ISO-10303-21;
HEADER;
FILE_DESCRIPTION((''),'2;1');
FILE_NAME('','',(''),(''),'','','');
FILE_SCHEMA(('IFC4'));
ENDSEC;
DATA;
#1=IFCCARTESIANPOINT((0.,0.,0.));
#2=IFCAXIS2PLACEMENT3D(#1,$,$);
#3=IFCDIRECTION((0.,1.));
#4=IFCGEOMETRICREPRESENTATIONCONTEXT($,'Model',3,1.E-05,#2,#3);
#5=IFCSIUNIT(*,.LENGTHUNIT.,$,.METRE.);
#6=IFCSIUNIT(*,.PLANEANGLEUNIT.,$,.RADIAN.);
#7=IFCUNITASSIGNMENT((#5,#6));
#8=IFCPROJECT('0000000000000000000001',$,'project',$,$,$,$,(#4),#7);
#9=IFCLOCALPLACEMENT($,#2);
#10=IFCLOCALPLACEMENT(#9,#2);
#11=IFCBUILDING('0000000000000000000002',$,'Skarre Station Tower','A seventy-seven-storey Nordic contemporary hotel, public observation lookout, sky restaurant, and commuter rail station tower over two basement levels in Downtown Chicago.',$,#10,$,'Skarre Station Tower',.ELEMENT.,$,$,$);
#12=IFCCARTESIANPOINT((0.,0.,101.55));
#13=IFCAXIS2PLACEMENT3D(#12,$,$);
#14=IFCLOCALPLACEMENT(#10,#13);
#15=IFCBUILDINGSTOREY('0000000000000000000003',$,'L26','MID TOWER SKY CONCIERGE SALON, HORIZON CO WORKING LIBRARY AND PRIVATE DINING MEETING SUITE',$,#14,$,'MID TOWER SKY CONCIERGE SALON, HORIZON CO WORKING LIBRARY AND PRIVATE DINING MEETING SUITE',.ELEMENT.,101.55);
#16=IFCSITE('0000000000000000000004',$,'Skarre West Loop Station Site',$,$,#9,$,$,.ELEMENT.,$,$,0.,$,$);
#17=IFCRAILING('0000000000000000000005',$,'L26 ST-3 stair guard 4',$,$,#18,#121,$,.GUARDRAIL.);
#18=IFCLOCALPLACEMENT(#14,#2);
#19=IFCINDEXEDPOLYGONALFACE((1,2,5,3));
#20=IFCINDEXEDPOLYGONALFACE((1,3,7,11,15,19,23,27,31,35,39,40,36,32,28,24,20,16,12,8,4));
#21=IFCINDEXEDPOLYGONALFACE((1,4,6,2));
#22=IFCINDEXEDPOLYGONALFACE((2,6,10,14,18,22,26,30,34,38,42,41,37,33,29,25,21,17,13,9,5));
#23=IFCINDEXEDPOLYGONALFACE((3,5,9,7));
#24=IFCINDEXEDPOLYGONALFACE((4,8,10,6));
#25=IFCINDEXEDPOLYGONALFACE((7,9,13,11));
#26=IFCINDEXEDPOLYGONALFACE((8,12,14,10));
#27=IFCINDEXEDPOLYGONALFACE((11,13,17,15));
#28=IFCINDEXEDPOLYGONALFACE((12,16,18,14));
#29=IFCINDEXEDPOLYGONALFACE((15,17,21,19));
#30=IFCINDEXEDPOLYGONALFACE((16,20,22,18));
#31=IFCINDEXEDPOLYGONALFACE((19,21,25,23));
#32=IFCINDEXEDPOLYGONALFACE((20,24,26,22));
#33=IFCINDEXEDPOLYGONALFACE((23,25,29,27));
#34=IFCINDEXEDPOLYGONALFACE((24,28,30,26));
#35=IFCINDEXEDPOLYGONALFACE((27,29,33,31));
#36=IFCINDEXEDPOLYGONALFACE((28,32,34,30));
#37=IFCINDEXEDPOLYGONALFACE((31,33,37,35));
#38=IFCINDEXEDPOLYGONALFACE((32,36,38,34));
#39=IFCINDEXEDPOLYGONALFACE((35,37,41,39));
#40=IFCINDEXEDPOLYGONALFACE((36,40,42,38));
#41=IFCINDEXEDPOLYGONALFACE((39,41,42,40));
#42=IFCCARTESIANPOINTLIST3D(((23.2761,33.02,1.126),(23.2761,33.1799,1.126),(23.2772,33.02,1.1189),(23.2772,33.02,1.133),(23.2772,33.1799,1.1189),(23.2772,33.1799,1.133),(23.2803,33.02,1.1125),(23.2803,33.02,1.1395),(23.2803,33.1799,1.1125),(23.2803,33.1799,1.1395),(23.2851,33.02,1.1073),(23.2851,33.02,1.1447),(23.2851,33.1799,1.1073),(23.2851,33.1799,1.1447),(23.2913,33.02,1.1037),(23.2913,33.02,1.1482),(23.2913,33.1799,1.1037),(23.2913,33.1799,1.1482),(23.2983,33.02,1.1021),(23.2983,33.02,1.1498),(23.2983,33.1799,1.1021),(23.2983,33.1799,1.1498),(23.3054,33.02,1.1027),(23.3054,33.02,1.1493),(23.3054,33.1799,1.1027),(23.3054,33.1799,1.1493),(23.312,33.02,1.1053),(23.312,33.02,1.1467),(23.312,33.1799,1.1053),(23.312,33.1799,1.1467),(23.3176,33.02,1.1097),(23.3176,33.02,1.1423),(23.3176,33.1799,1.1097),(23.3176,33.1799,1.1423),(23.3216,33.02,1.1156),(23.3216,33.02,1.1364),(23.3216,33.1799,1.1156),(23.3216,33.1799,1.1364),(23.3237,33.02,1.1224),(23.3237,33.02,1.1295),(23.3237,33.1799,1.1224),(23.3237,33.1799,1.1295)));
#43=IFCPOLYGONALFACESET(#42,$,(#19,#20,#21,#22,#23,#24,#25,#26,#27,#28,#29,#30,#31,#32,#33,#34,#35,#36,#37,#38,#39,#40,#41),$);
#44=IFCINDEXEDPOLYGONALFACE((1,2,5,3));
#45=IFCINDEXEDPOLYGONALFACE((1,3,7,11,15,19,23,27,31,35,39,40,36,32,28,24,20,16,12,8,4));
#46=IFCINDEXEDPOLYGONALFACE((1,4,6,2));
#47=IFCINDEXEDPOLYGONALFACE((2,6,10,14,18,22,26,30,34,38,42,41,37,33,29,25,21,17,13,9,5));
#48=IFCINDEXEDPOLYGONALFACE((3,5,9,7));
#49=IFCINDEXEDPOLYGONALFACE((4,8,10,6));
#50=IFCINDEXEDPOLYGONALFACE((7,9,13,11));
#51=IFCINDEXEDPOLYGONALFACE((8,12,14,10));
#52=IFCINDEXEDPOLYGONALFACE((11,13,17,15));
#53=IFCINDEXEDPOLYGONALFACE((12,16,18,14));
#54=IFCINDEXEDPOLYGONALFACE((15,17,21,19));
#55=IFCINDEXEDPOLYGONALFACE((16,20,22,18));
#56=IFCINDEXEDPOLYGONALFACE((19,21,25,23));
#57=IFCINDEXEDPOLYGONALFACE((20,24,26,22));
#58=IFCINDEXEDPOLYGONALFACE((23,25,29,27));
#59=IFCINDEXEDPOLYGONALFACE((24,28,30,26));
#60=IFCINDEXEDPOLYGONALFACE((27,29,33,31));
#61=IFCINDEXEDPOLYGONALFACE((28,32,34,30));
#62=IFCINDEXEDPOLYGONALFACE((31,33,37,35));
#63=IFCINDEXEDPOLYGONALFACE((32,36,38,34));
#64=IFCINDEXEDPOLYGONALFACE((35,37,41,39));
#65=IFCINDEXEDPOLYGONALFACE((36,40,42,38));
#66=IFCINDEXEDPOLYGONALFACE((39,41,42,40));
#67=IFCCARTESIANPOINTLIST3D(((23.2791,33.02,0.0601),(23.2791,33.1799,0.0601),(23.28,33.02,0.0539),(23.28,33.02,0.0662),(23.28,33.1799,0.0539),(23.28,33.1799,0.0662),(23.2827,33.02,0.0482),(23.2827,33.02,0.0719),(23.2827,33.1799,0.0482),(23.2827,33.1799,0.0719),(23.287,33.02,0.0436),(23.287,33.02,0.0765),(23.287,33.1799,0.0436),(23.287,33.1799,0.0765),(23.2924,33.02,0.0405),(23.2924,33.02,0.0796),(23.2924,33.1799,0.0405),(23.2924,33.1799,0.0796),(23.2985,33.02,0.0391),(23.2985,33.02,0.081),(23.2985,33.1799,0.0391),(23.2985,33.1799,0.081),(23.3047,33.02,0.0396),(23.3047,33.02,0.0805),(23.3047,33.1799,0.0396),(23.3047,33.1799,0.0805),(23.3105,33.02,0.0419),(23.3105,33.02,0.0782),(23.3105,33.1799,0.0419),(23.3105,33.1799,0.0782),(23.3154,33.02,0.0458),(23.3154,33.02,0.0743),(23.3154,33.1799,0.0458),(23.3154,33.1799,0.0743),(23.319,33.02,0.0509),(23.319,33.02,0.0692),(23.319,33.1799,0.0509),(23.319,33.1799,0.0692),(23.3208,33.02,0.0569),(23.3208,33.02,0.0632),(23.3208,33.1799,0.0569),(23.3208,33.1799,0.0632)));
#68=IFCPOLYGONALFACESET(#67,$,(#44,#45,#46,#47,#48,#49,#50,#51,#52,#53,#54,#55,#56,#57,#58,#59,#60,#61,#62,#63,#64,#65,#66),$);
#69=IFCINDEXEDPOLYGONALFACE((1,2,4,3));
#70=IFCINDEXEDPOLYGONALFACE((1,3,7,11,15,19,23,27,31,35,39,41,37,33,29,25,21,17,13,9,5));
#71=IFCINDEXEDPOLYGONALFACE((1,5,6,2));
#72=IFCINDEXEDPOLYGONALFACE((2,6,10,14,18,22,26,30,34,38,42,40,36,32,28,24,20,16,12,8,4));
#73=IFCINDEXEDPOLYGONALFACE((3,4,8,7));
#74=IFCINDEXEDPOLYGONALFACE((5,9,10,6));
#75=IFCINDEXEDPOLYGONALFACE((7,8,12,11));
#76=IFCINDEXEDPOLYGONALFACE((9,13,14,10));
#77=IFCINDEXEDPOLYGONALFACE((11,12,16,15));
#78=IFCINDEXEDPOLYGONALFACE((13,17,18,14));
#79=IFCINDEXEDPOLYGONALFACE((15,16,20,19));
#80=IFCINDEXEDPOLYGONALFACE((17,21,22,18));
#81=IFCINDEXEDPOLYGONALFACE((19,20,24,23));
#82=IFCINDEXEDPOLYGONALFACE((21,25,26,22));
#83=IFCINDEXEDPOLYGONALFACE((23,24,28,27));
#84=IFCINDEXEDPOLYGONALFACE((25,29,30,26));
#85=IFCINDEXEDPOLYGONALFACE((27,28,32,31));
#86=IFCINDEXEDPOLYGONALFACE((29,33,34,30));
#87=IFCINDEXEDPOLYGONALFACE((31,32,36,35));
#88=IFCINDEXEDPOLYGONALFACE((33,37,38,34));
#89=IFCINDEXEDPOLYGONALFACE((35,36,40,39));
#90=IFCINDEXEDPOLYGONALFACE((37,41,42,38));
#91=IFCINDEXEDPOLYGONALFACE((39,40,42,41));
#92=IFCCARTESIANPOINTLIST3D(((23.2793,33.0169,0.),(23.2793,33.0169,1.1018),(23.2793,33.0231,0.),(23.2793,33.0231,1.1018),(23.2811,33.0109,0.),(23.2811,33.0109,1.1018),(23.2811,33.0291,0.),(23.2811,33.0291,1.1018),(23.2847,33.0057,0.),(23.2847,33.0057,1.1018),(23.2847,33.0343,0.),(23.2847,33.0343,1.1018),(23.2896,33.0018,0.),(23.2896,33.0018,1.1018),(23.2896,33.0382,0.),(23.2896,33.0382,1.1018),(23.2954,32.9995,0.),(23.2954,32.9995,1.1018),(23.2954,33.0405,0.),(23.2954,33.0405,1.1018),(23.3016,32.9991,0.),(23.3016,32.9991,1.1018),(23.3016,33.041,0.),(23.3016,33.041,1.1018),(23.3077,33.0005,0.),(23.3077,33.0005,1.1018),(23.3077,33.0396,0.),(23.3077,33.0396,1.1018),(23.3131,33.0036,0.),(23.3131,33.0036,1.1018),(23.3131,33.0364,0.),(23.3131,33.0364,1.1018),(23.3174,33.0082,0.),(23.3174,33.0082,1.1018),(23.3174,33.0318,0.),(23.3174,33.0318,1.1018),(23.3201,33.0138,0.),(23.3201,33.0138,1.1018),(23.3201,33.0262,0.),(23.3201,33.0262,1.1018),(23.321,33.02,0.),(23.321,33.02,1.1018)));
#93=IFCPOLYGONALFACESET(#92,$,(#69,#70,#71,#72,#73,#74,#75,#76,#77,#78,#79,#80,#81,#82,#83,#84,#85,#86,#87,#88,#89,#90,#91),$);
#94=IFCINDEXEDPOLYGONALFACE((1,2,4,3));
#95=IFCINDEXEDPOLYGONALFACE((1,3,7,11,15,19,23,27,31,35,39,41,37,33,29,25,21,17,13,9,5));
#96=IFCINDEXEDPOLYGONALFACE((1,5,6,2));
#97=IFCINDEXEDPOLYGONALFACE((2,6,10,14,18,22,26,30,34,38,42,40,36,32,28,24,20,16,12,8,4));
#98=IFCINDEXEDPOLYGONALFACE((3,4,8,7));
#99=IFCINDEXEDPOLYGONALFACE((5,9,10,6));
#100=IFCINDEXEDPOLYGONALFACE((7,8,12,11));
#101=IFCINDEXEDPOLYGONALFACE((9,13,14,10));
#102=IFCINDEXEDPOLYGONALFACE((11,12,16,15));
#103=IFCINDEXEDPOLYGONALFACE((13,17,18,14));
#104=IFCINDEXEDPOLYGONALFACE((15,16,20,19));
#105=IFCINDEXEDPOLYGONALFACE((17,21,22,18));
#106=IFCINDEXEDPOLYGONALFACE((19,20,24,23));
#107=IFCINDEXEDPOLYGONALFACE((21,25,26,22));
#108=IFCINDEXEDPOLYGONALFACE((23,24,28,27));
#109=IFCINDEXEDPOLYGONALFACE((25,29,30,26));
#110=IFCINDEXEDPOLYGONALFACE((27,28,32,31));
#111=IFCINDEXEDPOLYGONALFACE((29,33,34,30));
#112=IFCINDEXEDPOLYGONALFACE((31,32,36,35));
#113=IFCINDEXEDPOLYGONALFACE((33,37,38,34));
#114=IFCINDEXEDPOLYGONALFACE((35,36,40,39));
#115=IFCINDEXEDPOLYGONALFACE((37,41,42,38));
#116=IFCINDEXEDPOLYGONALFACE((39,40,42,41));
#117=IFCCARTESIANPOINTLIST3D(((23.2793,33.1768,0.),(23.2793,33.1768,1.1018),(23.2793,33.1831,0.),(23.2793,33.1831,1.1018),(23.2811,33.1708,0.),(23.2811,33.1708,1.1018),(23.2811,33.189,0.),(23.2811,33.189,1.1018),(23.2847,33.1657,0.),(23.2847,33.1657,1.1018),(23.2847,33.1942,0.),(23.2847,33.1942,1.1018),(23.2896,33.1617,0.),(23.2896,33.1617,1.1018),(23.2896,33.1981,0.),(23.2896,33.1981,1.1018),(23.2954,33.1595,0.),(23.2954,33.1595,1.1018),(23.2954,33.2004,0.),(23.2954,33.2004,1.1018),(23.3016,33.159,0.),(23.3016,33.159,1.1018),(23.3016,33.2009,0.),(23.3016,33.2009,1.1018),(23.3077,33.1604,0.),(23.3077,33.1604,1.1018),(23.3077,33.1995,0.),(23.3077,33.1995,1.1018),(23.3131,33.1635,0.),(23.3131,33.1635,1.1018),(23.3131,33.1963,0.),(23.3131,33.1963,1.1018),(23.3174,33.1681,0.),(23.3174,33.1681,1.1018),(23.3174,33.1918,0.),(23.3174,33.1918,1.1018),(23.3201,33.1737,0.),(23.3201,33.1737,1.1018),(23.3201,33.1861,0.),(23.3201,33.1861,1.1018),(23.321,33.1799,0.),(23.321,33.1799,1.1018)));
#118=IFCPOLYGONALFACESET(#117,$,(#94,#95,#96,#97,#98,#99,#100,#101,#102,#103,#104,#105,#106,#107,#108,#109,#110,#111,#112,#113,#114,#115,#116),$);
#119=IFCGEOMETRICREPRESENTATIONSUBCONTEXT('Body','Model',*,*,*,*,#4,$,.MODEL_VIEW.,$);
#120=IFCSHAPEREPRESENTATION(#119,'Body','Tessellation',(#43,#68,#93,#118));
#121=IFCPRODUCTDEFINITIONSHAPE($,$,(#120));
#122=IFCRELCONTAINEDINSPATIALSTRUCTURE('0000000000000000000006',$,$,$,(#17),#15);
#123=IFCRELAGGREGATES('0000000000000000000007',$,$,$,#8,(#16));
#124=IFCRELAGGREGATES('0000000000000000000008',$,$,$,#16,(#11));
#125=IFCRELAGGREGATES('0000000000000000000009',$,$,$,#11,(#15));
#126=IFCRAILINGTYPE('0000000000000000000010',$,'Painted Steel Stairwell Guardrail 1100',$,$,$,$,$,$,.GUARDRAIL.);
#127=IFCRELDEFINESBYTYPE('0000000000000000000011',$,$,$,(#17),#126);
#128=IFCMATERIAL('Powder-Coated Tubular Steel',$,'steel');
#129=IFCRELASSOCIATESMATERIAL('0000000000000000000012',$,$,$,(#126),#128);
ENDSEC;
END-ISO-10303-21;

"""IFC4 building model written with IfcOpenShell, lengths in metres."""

from ifc_helpers import new_model, si_unit, direction, frame, origin, origin_2d, place, context, subcontext, project, spatial, circle, extrude, material, type_object, element, save


model = new_model("IFC4")

# Units and contexts
model_context = context("Model", 3, precision=1e-05, world=origin(), true_north=direction((0.0, 1.0)))
body_context = subcontext(model_context, "Body", "Model", "MODEL_VIEW")
ifc_project = project(units=[si_unit("LENGTHUNIT", "METRE"), si_unit("PLANEANGLEUNIT", "RADIAN")], contexts=[model_context])

# Site, building, storey
site_placement = place(None, origin())
site = spatial("IfcSite", under=ifc_project, at=site_placement, Name="Skarre West Loop Station Site", CompositionType="ELEMENT", RefElevation=0.0)
building_placement = place(site_placement, origin())
building = spatial("IfcBuilding", under=site, at=building_placement, Name="Skarre Station Tower", Description="A seventy-seven-storey Nordic contemporary hotel, public observation lookout, sky restaurant, and commuter rail station tower over two basement levels in Downtown Chicago.", LongName="Skarre Station Tower", CompositionType="ELEMENT")
storey_placement = place(building_placement, frame((0.0, 0.0, 101.55)))
storey = spatial("IfcBuildingStorey", under=building, at=storey_placement, Name="L26", Description="MID TOWER SKY CONCIERGE SALON, HORIZON CO WORKING LIBRARY AND PRIVATE DINING MEETING SUITE", LongName="MID TOWER SKY CONCIERGE SALON, HORIZON CO WORKING LIBRARY AND PRIVATE DINING MEETING SUITE", CompositionType="ELEMENT", Elevation=101.55)

# Railing
ifc_material_1 = material(Name="Powder-Coated Tubular Steel", Category="steel")
railing_type_1 = type_object("IfcRailingType", Name="Painted Steel Stairwell Guardrail 1100", PredefinedType="GUARDRAIL", material=ifc_material_1)
railing_1_placement = place(storey_placement, frame((23.3, 33.02, 0.0)))
element("IfcRailing", 1, at=railing_1_placement, inside=storey, type_object=railing_type_1, Name="L26 ST-3 stair guard 4", PredefinedType="GUARDRAIL", context=body_context, shape_type="SweptSolid", body=[
    extrude(circle(Radius=0.0239, at=origin_2d()), frame((0.0, 0.0, 1.126), z_axis=(0.0, 1.0, 0.0), x_axis=(-1.0, 0.0, 0.0)), (0.0, 0.0, 1.0), 0.1599),
    extrude(circle(Radius=0.021, at=origin_2d()), frame((0.0, 0.0, 0.0601), z_axis=(0.0, 1.0, 0.0), x_axis=(-1.0, 0.0, 0.0)), (0.0, 0.0, 1.0), 0.1599),
    extrude(circle(Radius=0.021, at=origin_2d()), origin(), (0.0, 0.0, 1.0), 1.1018),
    extrude(circle(Radius=0.021, at=origin_2d()), frame((0.0, 0.1599, 0.0)), (0.0, 0.0, 1.0), 1.1018),
])

save(model, "model.ifc")
